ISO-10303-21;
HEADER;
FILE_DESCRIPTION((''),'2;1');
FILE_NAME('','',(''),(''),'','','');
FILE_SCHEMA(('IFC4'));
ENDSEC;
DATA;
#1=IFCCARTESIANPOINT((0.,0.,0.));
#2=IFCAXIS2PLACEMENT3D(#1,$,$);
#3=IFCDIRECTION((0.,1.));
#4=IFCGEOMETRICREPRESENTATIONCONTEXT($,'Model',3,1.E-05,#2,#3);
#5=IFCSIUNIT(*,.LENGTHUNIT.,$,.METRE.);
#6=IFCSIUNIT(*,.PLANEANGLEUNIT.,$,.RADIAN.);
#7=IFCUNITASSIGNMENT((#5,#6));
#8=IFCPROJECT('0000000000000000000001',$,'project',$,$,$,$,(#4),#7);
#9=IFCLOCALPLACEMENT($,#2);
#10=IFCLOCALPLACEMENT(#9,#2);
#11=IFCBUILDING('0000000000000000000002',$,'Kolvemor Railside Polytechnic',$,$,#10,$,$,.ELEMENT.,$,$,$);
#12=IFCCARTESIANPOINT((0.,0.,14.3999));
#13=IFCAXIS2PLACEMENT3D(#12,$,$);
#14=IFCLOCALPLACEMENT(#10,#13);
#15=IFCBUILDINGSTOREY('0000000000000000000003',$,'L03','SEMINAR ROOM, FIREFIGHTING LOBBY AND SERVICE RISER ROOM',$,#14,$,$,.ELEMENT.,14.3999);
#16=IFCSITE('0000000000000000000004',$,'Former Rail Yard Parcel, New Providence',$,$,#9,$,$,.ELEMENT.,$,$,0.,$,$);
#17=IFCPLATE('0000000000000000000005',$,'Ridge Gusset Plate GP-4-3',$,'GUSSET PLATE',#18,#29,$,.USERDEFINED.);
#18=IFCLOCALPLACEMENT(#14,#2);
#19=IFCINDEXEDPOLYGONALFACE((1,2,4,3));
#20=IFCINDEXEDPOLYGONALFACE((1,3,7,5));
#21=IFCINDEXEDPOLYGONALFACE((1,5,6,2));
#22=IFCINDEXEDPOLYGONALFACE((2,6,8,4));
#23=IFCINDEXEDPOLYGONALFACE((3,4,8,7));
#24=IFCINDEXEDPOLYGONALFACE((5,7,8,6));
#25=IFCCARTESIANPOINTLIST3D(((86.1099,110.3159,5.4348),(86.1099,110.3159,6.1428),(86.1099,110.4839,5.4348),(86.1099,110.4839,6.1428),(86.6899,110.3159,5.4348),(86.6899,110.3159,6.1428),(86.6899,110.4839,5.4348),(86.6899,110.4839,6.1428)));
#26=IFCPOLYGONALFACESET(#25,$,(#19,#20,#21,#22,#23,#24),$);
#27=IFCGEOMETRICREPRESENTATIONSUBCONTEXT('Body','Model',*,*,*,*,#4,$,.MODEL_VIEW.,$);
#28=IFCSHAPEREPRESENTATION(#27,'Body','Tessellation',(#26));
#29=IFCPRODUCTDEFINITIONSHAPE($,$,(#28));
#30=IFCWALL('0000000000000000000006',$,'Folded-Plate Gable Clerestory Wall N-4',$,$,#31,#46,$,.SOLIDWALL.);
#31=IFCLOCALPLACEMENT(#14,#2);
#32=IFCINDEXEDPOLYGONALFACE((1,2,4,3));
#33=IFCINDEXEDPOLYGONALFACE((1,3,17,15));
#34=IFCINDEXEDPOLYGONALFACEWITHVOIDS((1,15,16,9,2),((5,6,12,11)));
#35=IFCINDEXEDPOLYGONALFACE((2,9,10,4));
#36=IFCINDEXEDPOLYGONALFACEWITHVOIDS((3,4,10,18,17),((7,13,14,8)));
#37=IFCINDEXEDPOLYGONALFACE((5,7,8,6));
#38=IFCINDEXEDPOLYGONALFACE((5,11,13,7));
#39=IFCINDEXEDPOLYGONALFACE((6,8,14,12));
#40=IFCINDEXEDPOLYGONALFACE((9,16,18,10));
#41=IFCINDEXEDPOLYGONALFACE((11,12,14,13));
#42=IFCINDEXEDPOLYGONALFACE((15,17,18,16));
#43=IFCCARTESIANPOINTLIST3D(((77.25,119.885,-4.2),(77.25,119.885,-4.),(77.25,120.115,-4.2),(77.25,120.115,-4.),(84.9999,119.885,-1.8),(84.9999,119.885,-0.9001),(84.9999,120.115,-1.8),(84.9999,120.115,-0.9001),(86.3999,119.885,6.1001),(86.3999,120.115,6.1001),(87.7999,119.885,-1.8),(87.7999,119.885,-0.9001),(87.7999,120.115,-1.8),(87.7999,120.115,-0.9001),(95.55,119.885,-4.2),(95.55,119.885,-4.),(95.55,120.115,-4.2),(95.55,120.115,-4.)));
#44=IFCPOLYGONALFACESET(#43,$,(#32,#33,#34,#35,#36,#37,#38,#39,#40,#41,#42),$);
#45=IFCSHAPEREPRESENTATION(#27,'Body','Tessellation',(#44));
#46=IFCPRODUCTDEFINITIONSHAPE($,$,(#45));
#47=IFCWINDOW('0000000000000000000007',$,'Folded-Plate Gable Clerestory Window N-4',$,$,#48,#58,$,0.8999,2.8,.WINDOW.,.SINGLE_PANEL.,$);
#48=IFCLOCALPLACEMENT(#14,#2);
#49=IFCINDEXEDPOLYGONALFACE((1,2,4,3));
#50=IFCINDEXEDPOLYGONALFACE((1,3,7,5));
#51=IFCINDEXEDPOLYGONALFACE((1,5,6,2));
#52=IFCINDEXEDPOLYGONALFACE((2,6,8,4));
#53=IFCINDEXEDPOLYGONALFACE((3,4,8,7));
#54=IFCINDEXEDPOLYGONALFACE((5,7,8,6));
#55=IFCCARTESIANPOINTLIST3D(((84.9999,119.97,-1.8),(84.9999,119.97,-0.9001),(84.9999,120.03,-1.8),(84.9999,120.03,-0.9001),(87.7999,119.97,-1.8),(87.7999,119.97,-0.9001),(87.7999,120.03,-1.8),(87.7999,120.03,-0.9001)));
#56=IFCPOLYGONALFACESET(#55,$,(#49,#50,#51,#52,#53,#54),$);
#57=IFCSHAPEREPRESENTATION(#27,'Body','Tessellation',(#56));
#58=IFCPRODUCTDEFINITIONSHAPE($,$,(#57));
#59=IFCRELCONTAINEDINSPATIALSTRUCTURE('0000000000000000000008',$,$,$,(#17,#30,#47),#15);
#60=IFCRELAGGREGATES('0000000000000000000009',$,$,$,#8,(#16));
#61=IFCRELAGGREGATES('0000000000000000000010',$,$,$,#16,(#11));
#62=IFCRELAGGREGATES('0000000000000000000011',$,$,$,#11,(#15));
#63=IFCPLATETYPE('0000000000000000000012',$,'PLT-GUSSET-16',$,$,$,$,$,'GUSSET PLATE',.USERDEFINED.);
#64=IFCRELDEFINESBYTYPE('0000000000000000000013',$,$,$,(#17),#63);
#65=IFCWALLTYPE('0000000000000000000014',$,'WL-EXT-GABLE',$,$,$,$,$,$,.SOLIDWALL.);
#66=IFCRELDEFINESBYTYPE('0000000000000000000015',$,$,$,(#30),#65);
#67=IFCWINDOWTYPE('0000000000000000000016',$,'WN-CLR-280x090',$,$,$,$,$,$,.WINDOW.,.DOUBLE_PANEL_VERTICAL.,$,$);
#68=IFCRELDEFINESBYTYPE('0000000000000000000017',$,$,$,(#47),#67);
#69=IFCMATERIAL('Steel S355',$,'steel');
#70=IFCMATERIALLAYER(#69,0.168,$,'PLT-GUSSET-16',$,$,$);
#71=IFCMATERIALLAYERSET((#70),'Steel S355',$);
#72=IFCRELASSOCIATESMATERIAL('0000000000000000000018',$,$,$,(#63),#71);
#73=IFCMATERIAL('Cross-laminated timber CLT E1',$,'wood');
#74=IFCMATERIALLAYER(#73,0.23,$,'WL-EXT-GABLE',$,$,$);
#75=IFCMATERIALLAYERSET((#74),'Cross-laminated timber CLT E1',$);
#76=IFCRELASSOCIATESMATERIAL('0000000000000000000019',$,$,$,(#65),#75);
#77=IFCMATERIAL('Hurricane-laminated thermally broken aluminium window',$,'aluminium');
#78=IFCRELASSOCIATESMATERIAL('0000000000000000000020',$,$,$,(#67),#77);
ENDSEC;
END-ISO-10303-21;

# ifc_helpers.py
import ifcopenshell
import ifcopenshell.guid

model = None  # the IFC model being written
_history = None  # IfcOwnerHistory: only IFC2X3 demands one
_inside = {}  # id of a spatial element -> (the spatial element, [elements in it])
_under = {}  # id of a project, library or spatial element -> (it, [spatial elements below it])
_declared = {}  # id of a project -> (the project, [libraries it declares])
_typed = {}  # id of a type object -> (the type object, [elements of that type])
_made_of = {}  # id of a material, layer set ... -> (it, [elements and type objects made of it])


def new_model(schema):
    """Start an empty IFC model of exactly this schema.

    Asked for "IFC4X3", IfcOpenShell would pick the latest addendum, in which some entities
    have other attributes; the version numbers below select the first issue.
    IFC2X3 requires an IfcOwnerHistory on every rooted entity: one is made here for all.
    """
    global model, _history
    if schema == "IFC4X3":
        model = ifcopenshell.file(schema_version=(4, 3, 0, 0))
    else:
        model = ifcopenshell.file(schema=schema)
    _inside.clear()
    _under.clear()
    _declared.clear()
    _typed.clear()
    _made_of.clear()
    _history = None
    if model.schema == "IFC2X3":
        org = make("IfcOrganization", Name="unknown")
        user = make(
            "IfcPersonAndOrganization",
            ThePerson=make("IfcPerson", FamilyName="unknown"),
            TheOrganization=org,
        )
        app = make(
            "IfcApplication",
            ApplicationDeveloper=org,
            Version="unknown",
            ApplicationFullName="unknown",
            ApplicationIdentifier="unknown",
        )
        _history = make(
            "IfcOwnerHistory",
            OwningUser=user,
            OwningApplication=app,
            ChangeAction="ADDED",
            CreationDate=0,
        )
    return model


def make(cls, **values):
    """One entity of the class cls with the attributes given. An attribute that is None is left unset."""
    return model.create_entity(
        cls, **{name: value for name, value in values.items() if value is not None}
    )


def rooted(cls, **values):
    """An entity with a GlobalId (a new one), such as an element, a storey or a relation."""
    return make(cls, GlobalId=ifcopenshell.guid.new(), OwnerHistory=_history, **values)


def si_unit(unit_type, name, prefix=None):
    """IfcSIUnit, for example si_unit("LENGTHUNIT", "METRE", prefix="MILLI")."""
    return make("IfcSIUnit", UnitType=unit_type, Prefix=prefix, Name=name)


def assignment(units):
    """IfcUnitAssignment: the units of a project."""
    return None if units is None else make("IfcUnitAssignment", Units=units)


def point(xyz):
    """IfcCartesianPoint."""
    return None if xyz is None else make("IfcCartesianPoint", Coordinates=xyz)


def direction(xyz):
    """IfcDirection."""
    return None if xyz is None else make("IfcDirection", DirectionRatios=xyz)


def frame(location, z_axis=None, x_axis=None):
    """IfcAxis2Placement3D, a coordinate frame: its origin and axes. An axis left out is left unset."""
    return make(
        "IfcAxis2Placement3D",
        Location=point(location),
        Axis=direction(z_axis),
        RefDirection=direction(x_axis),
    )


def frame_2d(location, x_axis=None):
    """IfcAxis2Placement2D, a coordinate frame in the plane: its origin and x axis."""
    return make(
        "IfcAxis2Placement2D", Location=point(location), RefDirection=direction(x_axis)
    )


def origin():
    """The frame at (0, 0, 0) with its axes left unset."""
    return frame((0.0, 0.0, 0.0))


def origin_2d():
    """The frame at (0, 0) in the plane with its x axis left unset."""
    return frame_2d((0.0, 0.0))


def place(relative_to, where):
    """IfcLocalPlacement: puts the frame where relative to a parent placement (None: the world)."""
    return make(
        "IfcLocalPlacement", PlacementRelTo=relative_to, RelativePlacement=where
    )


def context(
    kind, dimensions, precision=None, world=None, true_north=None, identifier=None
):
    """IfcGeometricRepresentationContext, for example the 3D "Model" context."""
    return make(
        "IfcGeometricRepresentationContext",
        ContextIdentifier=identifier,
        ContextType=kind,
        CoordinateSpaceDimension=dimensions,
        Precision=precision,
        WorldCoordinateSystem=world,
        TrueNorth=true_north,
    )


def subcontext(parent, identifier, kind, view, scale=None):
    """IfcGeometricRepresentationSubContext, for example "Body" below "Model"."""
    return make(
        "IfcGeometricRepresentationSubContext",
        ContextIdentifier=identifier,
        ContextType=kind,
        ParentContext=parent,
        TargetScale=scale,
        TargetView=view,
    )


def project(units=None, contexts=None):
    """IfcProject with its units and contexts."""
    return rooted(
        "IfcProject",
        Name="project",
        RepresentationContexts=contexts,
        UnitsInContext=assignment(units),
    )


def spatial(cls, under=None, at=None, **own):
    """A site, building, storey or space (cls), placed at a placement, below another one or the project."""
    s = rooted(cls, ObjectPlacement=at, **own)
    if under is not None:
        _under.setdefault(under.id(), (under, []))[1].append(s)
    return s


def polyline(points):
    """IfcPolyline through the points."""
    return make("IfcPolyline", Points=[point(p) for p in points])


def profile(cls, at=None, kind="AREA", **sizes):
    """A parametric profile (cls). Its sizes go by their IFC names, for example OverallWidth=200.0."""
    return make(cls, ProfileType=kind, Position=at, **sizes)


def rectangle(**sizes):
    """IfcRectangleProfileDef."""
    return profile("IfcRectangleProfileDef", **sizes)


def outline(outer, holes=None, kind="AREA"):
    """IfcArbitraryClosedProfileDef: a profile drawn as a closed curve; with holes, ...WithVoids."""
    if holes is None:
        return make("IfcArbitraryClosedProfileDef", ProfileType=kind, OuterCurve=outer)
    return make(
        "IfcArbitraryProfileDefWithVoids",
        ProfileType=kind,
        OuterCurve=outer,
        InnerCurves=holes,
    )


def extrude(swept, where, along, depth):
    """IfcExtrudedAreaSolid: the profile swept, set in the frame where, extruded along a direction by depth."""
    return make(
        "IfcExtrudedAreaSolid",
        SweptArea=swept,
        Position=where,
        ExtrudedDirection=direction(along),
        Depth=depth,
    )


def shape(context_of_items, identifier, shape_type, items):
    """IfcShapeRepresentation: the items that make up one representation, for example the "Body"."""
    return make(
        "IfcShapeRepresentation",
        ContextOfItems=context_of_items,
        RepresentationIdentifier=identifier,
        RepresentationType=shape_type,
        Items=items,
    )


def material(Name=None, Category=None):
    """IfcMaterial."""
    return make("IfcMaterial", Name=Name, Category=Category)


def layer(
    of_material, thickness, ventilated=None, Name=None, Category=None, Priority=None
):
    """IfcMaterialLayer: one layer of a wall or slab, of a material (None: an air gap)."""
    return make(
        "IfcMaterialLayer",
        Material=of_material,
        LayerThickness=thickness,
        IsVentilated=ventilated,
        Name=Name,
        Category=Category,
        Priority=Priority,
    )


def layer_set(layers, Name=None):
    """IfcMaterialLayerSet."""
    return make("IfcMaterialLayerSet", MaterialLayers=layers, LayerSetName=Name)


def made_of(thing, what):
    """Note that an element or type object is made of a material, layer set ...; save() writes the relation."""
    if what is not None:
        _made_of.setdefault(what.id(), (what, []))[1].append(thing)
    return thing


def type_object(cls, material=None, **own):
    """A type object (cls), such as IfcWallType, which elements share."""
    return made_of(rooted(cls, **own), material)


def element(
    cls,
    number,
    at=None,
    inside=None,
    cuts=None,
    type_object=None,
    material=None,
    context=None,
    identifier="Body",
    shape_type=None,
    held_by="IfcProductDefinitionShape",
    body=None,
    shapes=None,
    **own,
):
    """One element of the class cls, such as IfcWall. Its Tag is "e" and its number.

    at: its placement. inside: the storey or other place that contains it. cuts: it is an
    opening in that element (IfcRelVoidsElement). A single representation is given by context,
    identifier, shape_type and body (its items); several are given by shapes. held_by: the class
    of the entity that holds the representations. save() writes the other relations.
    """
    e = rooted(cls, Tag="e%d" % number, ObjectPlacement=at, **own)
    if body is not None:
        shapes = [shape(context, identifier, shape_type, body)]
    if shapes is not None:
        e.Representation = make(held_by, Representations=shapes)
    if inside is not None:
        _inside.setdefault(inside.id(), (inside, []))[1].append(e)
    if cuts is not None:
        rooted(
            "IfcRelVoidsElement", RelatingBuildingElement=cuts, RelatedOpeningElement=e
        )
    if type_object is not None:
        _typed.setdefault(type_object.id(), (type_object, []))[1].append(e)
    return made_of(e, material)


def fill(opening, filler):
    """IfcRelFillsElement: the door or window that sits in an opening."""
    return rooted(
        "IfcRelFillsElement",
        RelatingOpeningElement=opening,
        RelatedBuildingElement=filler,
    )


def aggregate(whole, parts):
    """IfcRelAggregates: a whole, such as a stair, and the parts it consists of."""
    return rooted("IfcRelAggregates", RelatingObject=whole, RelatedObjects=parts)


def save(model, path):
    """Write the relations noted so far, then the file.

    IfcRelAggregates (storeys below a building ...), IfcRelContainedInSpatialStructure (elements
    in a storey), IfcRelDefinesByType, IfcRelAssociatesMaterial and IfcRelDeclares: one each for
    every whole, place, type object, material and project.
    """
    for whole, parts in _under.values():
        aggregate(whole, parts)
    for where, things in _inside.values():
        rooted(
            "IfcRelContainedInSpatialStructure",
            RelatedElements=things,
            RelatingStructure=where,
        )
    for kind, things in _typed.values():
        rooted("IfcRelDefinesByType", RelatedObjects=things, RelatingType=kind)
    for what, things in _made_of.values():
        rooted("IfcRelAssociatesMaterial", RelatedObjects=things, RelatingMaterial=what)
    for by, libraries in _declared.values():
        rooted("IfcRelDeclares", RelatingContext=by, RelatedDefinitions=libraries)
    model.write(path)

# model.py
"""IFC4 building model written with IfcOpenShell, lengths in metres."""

from ifc_helpers import new_model, si_unit, direction, frame, frame_2d, origin, origin_2d, place, context, subcontext, project, spatial, polyline, rectangle, outline, extrude, material, layer, layer_set, type_object, element, fill, save


model = new_model("IFC4")

# Units and contexts
model_context = context("Model", 3, precision=1e-05, world=origin(), true_north=direction((0.0, 1.0)))
body_context = subcontext(model_context, "Body", "Model", "MODEL_VIEW")
ifc_project = project(units=[si_unit("LENGTHUNIT", "METRE"), si_unit("PLANEANGLEUNIT", "RADIAN")], contexts=[model_context])

# Site, building, storey
site_placement = place(None, origin())
site = spatial("IfcSite", under=ifc_project, at=site_placement, Name="Former Rail Yard Parcel, New Providence", CompositionType="ELEMENT", RefElevation=0.0)
building_placement = place(site_placement, origin())
building = spatial("IfcBuilding", under=site, at=building_placement, Name="Kolvemor Railside Polytechnic", CompositionType="ELEMENT")
storey_placement = place(building_placement, frame((0.0, 0.0, 14.3999)))
storey = spatial("IfcBuildingStorey", under=building, at=storey_placement, Name="L03", Description="SEMINAR ROOM, FIREFIGHTING LOBBY AND SERVICE RISER ROOM", CompositionType="ELEMENT", Elevation=14.3999)

# Plate
ifc_material_1 = material(Name="Steel S355", Category="steel")
ifc_layer_1 = layer(ifc_material_1, 0.168, Name="PLT-GUSSET-16")
ifc_layer_set_1 = layer_set([ifc_layer_1], Name="Steel S355")
plate_type_1 = type_object("IfcPlateType", Name="PLT-GUSSET-16", ElementType="GUSSET PLATE", PredefinedType="USERDEFINED", material=ifc_layer_set_1)
plate_1_placement = place(storey_placement, frame((86.3999, 110.3999, 5.4348), z_axis=(0.0, 0.0, 1.0), x_axis=(1.0, 0.0, 0.0)))
element("IfcPlate", 1, at=plate_1_placement, inside=storey, type_object=plate_type_1, Name="Ridge Gusset Plate GP-4-3", ObjectType="GUSSET PLATE", PredefinedType="USERDEFINED", context=body_context, shape_type="SweptSolid", body=[
    extrude(rectangle(XDim=0.5801, YDim=0.168, at=origin_2d()), origin(), (0.0, 0.0, 1.0), 0.708),
])

# Wall, opening, window
ifc_material_2 = material(Name="Cross-laminated timber CLT E1", Category="wood")
ifc_layer_2 = layer(ifc_material_2, 0.23, Name="WL-EXT-GABLE")
ifc_layer_set_2 = layer_set([ifc_layer_2], Name="Cross-laminated timber CLT E1")
wall_type = type_object("IfcWallType", Name="WL-EXT-GABLE", PredefinedType="SOLIDWALL", material=ifc_layer_set_2)
wall_placement = place(storey_placement, frame((77.25, 120.0, -4.2), z_axis=(0.0, 0.0, 1.0), x_axis=(1.0, 0.0, 0.0)))
wall = element("IfcWall", 2, at=wall_placement, inside=storey, type_object=wall_type, Name="Folded-Plate Gable Clerestory Wall N-4", PredefinedType="SOLIDWALL", context=body_context, shape_type="SweptSolid", body=[
    extrude(outline(polyline([(0.0, 0.0), (18.3, 0.0), (18.3, 0.2), (9.1499, 10.3), (0.0, 0.2), (0.0, 0.0)])), frame((0.0, 0.115, 0.0), z_axis=(0.0, -1.0, 0.0), x_axis=(1.0, 0.0, 0.0)), (0.0, 0.0, 1.0), 0.23),
])
opening_placement = place(wall_placement, frame((7.75, 0.0, 2.3999)))
opening = element("IfcOpeningElement", 3, at=opening_placement, cuts=wall, PredefinedType="OPENING", context=body_context, shape_type="SweptSolid", body=[
    extrude(rectangle(XDim=2.8, YDim=0.8999, at=frame_2d((1.3999, 0.45))), frame((0.0, 0.125, 0.0), z_axis=(0.0, -1.0, 0.0), x_axis=(1.0, 0.0, 0.0)), (0.0, 0.0, 1.0), 0.25),
])
ifc_material_3 = material(Name="Hurricane-laminated thermally broken aluminium window", Category="aluminium")
window_type = type_object("IfcWindowType", Name="WN-CLR-280x090", PartitioningType="DOUBLE_PANEL_VERTICAL", PredefinedType="WINDOW", material=ifc_material_3)
window_placement = place(opening_placement, origin())
window = element("IfcWindow", 4, at=window_placement, inside=storey, type_object=window_type, Name="Folded-Plate Gable Clerestory Window N-4", OverallHeight=0.8999, OverallWidth=2.8, PartitioningType="SINGLE_PANEL", PredefinedType="WINDOW", context=body_context, shape_type="SweptSolid", body=[
    extrude(rectangle(XDim=2.8, YDim=0.8999, at=frame_2d((1.3999, 0.45))), frame((0.0, 0.03, 0.0), z_axis=(0.0, -1.0, 0.0), x_axis=(1.0, 0.0, 0.0)), (0.0, 0.0, 1.0), 0.0601),
])
fill(opening, window)

save(model, "model.ifc")
